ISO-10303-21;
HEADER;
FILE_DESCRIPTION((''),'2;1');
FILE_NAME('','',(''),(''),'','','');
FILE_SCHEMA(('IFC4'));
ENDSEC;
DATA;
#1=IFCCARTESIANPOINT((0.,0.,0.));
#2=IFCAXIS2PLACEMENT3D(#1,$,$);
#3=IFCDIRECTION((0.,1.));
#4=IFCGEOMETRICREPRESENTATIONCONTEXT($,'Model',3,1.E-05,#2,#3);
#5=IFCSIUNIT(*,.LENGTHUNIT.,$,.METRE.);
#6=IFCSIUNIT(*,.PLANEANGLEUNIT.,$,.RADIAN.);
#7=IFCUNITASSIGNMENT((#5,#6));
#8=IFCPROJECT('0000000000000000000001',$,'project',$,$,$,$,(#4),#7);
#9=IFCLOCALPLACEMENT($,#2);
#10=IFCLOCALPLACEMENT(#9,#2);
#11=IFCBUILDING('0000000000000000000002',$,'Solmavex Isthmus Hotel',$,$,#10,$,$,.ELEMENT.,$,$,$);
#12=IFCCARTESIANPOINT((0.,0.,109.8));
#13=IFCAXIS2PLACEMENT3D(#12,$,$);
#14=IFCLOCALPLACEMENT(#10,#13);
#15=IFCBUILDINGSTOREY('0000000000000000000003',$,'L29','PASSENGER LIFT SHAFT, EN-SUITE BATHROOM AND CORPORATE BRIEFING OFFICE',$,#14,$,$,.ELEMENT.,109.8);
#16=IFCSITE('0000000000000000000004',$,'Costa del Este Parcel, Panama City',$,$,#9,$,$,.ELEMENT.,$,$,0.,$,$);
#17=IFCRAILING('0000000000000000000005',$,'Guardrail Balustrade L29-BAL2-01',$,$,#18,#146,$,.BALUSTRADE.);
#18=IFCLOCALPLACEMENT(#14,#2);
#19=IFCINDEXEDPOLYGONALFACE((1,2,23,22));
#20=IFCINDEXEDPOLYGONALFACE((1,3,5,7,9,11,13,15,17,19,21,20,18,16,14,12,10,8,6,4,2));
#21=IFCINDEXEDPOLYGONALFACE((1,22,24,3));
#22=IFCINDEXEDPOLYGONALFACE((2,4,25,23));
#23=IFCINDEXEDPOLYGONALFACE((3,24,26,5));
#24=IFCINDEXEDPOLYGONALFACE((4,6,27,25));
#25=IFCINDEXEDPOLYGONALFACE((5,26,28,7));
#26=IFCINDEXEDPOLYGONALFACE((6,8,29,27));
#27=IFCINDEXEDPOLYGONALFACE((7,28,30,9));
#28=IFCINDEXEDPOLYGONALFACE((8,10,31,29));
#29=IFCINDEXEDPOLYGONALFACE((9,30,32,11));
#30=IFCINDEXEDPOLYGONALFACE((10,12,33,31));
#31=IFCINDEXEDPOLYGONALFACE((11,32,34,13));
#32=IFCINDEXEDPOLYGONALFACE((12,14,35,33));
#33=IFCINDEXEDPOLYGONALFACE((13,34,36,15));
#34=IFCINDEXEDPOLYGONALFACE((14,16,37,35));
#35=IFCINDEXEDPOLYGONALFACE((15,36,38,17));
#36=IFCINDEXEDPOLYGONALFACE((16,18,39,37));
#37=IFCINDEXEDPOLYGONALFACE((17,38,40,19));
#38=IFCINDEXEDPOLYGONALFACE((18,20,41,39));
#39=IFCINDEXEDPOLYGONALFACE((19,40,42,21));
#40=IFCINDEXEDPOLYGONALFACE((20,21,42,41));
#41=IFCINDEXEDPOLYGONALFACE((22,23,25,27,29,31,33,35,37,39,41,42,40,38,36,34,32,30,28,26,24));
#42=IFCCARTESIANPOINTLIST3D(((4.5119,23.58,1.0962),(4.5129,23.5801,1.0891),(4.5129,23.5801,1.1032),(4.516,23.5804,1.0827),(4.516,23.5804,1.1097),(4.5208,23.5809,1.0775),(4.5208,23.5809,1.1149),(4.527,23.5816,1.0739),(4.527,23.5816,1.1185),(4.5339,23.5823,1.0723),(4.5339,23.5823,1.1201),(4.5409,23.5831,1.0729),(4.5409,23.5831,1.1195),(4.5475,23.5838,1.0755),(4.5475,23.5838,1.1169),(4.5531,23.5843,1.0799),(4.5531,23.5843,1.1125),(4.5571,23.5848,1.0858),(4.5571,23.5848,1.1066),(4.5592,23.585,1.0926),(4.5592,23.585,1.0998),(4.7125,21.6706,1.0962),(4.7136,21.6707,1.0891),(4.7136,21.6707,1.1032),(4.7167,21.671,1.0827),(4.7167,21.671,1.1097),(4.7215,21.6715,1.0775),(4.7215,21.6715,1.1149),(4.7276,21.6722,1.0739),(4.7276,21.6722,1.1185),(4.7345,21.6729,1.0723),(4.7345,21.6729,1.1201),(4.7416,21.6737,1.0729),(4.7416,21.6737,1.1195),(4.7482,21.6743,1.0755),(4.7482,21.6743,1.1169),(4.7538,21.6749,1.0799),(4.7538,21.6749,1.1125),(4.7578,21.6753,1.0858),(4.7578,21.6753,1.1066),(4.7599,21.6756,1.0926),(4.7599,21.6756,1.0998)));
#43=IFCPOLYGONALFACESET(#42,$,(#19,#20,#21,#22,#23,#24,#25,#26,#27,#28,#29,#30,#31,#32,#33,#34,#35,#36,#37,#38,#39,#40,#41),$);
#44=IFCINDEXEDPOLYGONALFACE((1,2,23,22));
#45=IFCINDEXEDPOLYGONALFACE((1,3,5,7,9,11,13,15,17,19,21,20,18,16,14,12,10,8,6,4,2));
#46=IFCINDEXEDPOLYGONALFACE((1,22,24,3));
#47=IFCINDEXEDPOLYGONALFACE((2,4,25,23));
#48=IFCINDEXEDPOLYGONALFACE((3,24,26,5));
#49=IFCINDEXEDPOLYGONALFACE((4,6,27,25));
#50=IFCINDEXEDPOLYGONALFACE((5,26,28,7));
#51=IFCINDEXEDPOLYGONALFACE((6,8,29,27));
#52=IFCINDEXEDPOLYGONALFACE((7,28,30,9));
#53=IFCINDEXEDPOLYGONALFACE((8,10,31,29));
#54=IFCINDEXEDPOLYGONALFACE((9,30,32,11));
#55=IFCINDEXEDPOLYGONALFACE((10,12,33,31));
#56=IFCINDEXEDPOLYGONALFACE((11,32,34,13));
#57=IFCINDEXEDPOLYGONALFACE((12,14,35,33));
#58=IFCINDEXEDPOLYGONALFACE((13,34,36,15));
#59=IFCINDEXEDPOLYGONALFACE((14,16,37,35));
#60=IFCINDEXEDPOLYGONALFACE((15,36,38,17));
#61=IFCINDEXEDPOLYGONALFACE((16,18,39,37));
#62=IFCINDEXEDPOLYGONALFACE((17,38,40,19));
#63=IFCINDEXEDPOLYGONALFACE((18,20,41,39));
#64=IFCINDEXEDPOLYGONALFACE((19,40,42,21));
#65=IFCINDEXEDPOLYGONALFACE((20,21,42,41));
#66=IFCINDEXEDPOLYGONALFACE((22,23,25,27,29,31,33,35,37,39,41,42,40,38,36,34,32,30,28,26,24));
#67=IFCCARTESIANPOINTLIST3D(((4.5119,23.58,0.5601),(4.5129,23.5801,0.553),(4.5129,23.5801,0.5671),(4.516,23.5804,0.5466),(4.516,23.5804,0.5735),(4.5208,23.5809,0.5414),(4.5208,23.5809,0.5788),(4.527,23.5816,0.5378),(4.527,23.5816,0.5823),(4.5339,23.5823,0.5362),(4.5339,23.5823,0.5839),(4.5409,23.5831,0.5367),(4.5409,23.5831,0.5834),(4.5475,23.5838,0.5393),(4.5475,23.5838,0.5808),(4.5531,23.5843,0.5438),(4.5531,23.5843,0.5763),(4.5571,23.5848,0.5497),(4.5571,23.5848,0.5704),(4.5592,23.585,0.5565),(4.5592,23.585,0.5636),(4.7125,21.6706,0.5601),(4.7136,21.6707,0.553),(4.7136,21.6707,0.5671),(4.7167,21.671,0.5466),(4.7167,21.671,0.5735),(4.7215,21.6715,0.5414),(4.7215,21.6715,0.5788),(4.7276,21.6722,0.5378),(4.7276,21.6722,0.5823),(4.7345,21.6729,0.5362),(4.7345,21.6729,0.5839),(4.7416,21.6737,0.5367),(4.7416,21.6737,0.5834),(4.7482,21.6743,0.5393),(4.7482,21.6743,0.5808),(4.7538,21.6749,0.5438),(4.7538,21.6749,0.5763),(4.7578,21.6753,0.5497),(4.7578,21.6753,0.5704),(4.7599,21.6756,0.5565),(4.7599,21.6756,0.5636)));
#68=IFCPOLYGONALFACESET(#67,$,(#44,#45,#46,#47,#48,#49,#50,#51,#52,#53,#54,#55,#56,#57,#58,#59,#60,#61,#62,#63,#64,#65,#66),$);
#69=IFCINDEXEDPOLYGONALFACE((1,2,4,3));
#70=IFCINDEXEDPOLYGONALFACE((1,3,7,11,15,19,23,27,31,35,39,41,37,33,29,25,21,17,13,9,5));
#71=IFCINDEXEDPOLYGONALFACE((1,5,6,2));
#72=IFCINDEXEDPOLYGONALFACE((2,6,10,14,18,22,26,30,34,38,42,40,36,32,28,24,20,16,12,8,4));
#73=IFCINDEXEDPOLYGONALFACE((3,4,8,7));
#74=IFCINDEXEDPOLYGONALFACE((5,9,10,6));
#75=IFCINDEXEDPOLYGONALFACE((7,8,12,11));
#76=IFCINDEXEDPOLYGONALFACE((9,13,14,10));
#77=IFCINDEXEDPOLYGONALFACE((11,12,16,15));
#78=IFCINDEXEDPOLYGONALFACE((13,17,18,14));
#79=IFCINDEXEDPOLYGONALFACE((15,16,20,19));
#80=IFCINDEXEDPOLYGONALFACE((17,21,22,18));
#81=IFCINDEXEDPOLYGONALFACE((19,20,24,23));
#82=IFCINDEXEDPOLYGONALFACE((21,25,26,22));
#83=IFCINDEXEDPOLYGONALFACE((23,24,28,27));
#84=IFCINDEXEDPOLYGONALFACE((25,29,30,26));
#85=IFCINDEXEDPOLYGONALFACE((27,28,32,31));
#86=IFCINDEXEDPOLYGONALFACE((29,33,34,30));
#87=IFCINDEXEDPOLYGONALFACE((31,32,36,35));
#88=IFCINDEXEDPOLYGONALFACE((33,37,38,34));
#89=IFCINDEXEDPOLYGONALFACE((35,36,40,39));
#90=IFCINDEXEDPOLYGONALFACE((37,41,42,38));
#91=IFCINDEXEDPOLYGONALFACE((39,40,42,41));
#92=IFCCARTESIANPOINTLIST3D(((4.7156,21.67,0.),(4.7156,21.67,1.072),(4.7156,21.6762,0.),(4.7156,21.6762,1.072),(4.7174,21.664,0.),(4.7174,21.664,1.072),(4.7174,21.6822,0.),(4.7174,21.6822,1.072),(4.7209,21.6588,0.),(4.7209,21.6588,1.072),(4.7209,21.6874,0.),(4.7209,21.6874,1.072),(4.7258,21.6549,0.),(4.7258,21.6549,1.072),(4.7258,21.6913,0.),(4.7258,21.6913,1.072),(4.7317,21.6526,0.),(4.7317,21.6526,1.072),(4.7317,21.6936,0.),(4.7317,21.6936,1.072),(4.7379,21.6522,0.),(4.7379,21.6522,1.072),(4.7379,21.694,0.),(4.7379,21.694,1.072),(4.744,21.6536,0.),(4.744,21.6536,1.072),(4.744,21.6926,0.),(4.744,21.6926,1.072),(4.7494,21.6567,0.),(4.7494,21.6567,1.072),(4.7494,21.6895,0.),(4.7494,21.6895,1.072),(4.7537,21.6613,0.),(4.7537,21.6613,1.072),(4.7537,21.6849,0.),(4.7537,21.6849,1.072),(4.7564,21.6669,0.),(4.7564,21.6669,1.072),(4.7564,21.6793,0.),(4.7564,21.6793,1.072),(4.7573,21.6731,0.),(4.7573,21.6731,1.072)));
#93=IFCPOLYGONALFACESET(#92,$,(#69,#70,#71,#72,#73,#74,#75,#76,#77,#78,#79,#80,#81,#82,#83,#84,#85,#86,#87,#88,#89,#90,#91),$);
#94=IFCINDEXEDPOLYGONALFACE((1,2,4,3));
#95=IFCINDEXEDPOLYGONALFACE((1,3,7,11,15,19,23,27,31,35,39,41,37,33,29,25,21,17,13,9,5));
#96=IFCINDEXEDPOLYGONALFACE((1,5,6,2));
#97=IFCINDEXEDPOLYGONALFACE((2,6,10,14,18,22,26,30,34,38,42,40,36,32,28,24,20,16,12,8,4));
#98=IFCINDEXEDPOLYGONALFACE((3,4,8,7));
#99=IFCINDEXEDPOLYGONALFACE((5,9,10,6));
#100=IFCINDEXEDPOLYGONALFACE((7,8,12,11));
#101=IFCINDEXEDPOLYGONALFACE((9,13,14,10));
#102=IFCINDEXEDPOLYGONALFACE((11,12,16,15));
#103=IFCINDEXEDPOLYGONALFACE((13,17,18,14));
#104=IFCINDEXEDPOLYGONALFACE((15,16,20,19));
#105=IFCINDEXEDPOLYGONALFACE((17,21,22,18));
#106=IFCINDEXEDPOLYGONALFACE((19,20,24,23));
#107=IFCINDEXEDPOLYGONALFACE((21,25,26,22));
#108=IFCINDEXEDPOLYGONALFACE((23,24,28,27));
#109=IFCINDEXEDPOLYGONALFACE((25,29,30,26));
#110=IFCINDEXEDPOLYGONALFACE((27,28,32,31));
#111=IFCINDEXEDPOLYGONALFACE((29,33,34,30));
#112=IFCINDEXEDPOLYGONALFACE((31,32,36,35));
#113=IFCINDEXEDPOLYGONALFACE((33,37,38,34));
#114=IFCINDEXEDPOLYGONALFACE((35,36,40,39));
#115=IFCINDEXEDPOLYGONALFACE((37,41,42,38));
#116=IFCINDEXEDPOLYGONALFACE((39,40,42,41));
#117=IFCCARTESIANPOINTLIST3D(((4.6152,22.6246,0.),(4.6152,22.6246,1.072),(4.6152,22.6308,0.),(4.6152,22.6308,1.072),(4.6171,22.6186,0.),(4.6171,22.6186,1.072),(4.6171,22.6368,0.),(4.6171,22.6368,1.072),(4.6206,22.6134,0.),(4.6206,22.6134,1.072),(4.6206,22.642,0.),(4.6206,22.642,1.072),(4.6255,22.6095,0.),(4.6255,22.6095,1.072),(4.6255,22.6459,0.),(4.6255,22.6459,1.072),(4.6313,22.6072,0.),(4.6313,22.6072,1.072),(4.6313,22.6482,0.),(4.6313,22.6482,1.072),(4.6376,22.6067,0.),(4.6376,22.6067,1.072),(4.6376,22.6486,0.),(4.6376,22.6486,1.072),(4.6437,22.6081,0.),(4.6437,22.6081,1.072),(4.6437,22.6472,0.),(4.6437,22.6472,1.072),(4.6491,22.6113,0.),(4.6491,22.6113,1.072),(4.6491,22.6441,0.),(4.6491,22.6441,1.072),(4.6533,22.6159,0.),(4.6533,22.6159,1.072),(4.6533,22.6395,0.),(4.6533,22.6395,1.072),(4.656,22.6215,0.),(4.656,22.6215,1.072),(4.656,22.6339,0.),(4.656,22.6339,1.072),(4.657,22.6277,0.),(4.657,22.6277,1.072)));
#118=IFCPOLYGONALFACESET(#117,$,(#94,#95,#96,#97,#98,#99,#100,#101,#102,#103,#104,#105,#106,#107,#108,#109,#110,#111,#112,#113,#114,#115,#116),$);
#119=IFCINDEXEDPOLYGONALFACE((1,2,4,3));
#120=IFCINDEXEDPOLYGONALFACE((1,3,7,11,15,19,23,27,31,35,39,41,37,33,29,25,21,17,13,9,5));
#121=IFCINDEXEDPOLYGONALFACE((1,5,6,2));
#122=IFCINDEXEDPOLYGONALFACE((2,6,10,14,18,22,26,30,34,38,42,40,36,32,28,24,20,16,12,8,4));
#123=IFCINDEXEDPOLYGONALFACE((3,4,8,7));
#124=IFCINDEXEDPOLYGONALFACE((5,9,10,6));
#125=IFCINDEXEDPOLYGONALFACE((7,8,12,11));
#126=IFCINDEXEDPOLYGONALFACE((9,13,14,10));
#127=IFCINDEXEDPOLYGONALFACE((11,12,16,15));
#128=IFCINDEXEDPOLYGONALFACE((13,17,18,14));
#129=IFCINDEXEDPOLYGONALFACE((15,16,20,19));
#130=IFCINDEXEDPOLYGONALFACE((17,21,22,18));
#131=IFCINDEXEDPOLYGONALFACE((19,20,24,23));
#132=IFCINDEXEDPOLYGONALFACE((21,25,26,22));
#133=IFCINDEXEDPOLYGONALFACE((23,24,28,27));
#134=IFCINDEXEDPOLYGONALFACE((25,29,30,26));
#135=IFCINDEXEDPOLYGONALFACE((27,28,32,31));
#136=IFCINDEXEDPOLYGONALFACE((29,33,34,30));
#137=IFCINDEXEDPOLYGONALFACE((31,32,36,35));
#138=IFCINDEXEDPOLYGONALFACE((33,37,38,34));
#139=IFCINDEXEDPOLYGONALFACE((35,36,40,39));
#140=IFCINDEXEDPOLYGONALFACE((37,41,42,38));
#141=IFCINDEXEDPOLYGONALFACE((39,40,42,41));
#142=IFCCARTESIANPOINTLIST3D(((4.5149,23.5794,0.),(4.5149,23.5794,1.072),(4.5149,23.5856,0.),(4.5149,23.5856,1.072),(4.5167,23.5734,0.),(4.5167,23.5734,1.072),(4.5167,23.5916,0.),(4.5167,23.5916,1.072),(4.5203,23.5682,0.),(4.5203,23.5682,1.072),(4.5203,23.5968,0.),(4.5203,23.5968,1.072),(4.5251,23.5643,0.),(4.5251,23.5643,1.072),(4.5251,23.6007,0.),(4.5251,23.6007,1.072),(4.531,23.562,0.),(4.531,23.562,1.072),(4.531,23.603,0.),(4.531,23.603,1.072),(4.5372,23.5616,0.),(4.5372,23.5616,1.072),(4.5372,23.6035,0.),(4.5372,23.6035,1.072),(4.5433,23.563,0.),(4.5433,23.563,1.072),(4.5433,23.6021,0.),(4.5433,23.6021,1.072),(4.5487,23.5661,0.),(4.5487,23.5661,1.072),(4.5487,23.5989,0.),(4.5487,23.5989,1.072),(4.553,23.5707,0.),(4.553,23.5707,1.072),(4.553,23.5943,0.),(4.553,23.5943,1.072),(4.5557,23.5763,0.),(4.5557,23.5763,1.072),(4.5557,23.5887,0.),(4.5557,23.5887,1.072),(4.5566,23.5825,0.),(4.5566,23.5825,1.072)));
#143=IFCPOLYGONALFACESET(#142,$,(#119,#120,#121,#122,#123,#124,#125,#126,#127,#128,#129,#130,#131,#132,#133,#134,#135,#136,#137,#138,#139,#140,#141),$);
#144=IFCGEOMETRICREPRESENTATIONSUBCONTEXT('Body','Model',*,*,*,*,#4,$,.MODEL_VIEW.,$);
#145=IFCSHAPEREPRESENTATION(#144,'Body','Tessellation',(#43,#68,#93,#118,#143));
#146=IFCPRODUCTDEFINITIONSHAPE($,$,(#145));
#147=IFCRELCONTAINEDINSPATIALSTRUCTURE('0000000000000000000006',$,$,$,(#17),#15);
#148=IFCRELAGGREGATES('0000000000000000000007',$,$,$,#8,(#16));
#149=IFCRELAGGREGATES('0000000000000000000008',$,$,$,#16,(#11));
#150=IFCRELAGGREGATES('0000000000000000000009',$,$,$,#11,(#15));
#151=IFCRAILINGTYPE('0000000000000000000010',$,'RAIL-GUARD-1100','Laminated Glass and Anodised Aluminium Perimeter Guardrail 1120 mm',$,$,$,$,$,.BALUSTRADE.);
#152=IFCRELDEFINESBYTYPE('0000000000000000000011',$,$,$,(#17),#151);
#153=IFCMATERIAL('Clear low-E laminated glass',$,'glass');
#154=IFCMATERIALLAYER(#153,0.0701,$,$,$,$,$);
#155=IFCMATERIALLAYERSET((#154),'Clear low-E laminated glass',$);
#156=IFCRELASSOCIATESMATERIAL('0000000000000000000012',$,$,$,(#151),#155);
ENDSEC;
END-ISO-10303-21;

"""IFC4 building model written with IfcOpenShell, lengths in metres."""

from ifc_helpers import new_model, si_unit, direction, frame, origin, origin_2d, place, context, subcontext, project, spatial, circle, extrude, material, layer, layer_set, type_object, element, save


model = new_model("IFC4")

# Units and contexts
model_context = context("Model", 3, precision=1e-05, world=origin(), true_north=direction((0.0, 1.0)))
body_context = subcontext(model_context, "Body", "Model", "MODEL_VIEW")
ifc_project = project(units=[si_unit("LENGTHUNIT", "METRE"), si_unit("PLANEANGLEUNIT", "RADIAN")], contexts=[model_context])

# Site, building, storey
site_placement = place(None, origin())
site = spatial("IfcSite", under=ifc_project, at=site_placement, Name="Costa del Este Parcel, Panama City", CompositionType="ELEMENT", RefElevation=0.0)
building_placement = place(site_placement, origin())
building = spatial("IfcBuilding", under=site, at=building_placement, Name="Solmavex Isthmus Hotel", CompositionType="ELEMENT")
storey_placement = place(building_placement, frame((0.0, 0.0, 109.8)))
storey = spatial("IfcBuildingStorey", under=building, at=storey_placement, Name="L29", Description="PASSENGER LIFT SHAFT, EN-SUITE BATHROOM AND CORPORATE BRIEFING OFFICE", CompositionType="ELEMENT", Elevation=109.8)

# Shared definitions
ifc_material_1 = material(Name="Clear low-E laminated glass", Category="glass")

# Railing
ifc_layer_1 = layer(ifc_material_1, 0.0701)
ifc_layer_set_1 = layer_set([ifc_layer_1], Name="Clear low-E laminated glass")
railing_type = type_object("IfcRailingType", Name="RAIL-GUARD-1100", Description="Laminated Glass and Anodised Aluminium Perimeter Guardrail 1120 mm", PredefinedType="BALUSTRADE", material=ifc_layer_set_1)
railing_1_placement = place(storey_placement, frame((4.7363, 21.6731, 0.0)))
element("IfcRailing", 1, at=railing_1_placement, inside=storey, type_object=railing_type, Name="Guardrail Balustrade L29-BAL2-01", PredefinedType="BALUSTRADE", context=body_context, shape_type="SweptSolid", body=[
    extrude(circle(Radius=0.0239, at=origin_2d()), frame((0.0, 0.0, 1.0962), z_axis=(-0.104526, 0.994522, 0.0), x_axis=(-0.994522, -0.104526, 0.0)), (0.0, 0.0, 1.0), 1.9199),
    extrude(circle(Radius=0.0239, at=origin_2d()), frame((0.0, 0.0, 0.5601), z_axis=(-0.104526, 0.994522, 0.0), x_axis=(-0.994522, -0.104526, 0.0)), (0.0, 0.0, 1.0), 1.9199),
    extrude(circle(Radius=0.021, at=origin_2d()), origin(), (0.0, 0.0, 1.0), 1.072),
    extrude(circle(Radius=0.021, at=origin_2d()), frame((-0.1003, 0.9546, 0.0)), (0.0, 0.0, 1.0), 1.072),
    extrude(circle(Radius=0.021, at=origin_2d()), frame((-0.2007, 1.9094, 0.0)), (0.0, 0.0, 1.0), 1.072),
])

save(model, "model.ifc")
